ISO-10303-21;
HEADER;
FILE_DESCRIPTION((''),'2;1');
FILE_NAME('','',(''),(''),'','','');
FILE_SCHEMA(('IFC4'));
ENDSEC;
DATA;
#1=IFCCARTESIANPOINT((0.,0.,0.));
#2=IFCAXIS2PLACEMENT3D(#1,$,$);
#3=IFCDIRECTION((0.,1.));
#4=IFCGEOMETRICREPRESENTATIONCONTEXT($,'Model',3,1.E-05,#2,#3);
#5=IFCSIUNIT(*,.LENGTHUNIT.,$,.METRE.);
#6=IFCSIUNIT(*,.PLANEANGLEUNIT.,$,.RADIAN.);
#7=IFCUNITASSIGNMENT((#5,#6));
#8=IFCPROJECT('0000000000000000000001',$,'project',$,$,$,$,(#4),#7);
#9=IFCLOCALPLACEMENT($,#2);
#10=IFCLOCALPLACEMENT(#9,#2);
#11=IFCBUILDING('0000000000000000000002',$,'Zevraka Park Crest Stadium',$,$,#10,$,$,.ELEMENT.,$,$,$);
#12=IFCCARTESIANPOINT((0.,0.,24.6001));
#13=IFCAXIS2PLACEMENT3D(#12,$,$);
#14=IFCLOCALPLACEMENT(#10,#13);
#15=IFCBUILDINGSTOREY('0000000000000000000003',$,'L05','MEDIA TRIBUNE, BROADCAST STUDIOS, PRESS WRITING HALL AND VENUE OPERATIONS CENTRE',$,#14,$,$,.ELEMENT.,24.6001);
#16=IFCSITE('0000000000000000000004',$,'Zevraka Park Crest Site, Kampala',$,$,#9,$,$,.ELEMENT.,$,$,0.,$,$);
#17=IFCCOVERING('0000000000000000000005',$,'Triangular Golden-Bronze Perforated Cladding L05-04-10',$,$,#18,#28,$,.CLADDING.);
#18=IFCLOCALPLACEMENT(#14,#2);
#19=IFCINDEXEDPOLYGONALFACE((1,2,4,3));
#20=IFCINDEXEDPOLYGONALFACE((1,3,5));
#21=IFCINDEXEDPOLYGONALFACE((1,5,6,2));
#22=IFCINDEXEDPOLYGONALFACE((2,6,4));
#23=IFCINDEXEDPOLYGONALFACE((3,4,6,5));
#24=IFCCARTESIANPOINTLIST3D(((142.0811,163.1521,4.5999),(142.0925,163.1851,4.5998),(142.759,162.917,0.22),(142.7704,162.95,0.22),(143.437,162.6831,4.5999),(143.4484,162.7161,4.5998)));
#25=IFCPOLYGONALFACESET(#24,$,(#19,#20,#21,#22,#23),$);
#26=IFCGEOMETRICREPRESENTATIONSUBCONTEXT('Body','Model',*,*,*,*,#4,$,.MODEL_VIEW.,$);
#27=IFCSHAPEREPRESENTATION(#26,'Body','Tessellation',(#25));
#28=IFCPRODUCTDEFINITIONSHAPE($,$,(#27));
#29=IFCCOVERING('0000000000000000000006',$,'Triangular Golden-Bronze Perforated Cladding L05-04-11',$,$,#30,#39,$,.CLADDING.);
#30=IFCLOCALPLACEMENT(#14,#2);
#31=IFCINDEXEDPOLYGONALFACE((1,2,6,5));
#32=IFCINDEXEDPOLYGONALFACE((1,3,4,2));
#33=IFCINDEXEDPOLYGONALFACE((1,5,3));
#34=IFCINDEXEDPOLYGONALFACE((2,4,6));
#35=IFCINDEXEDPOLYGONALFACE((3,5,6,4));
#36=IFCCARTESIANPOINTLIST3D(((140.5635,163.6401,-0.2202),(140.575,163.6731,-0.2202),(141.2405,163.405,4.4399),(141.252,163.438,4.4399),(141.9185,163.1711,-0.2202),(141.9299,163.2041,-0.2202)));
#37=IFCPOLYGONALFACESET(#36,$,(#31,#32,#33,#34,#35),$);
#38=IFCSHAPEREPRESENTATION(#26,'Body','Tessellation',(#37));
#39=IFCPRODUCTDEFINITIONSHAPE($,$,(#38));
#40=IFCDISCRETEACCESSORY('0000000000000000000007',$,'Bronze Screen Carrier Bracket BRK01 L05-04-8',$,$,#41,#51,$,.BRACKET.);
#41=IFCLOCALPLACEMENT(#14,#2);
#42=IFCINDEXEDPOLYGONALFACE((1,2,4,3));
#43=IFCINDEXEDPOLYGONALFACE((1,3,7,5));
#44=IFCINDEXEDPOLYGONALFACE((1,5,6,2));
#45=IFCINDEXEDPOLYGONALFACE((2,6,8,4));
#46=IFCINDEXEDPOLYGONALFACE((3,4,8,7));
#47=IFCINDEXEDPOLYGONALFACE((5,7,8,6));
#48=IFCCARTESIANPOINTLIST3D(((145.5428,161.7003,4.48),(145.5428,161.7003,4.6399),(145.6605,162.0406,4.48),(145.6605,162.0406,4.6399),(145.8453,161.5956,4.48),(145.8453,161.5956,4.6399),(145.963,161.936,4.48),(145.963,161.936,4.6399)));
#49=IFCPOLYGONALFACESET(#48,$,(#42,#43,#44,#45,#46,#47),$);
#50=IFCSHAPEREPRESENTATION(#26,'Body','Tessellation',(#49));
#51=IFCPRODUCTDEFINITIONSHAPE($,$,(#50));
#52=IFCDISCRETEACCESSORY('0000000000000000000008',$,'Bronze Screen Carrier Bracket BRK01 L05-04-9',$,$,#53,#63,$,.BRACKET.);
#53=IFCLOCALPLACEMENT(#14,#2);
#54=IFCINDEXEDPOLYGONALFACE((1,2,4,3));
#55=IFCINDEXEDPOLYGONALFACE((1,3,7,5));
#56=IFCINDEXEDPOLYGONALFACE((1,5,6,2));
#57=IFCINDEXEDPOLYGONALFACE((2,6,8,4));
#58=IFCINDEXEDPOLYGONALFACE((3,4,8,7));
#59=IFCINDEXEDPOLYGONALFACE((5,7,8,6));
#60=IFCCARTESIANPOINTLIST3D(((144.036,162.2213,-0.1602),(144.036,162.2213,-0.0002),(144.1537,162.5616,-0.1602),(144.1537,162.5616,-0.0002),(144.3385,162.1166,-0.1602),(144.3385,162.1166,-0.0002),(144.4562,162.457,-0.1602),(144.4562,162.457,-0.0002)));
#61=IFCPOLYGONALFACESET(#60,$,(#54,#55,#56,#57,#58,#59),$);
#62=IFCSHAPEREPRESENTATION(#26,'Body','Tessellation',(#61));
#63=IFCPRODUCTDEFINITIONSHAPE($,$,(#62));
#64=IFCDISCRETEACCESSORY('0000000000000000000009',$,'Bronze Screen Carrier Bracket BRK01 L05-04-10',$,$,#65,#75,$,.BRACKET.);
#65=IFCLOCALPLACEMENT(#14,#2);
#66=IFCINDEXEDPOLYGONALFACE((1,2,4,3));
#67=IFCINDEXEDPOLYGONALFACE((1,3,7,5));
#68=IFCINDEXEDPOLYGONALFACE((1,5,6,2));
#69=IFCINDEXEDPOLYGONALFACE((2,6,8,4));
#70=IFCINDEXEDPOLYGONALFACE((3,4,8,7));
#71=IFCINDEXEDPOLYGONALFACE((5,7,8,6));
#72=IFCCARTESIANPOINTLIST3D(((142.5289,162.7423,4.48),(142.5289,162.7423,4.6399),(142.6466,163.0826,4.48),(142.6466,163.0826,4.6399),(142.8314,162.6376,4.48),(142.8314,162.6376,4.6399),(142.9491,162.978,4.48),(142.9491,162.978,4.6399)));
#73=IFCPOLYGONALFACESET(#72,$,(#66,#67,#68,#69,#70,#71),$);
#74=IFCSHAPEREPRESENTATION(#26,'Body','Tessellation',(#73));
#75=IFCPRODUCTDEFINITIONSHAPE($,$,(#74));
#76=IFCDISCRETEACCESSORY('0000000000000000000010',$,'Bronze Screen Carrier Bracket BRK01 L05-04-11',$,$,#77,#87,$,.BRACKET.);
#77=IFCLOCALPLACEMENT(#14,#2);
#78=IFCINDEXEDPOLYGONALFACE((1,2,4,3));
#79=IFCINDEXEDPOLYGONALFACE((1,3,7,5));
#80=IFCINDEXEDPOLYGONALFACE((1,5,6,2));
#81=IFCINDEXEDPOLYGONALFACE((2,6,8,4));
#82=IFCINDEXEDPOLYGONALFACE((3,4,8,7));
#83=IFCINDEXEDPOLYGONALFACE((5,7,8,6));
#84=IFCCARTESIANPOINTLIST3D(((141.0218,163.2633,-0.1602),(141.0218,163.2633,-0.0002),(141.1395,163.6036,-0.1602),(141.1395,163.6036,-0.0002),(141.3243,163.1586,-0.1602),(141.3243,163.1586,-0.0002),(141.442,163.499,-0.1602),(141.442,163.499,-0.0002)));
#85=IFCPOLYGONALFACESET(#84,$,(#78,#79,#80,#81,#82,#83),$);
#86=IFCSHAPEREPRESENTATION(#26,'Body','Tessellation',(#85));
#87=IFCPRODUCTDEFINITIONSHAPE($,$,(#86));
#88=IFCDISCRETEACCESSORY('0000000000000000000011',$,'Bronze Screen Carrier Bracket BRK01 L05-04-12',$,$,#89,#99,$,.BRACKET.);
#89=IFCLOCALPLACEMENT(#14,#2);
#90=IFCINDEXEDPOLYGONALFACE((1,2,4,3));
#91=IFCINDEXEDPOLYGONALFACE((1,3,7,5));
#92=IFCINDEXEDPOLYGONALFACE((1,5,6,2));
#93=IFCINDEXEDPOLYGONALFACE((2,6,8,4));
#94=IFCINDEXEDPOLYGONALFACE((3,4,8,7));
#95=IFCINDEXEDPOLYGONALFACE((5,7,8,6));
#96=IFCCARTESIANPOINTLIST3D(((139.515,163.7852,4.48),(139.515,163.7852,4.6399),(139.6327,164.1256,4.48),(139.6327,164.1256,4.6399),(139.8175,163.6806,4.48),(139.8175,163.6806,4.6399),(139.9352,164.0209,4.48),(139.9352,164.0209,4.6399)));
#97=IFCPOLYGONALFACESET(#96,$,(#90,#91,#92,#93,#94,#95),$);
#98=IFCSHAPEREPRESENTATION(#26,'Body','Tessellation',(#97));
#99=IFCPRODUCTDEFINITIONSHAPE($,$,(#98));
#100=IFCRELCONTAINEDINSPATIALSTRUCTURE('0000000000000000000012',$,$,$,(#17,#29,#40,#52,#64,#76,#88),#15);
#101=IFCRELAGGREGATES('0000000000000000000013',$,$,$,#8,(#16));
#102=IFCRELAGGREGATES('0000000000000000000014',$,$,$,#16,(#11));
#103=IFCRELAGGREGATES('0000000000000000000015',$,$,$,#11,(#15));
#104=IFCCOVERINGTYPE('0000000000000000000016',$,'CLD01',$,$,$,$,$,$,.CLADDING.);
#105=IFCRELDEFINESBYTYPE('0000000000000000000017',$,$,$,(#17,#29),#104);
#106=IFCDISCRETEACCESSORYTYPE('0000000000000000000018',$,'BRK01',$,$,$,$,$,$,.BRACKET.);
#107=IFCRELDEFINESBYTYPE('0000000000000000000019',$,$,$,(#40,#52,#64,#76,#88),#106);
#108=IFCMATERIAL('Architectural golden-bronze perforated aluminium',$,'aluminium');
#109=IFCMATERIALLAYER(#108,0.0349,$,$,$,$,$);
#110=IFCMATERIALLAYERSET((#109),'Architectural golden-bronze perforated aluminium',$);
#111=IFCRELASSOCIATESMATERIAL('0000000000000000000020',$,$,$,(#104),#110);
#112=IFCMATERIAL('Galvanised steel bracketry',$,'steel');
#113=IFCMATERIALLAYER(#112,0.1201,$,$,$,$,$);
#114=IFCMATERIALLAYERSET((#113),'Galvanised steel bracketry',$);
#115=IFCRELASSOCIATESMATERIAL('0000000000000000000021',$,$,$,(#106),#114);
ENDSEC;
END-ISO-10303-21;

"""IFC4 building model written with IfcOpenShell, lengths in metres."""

from ifc_helpers import new_model, si_unit, direction, frame, origin, origin_2d, place, context, subcontext, project, spatial, polyline, rectangle, outline, extrude, material, layer, layer_set, type_object, element, save


model = new_model("IFC4")

# Units and contexts
model_context = context("Model", 3, precision=1e-05, world=origin(), true_north=direction((0.0, 1.0)))
body_context = subcontext(model_context, "Body", "Model", "MODEL_VIEW")
ifc_project = project(units=[si_unit("LENGTHUNIT", "METRE"), si_unit("PLANEANGLEUNIT", "RADIAN")], contexts=[model_context])

# Site, building, storey
site_placement = place(None, origin())
site = spatial("IfcSite", under=ifc_project, at=site_placement, Name="Zevraka Park Crest Site, Kampala", CompositionType="ELEMENT", RefElevation=0.0)
building_placement = place(site_placement, origin())
building = spatial("IfcBuilding", under=site, at=building_placement, Name="Zevraka Park Crest Stadium", CompositionType="ELEMENT")
storey_placement = place(building_placement, frame((0.0, 0.0, 24.6001)))
storey = spatial("IfcBuildingStorey", under=building, at=storey_placement, Name="L05", Description="MEDIA TRIBUNE, BROADCAST STUDIOS, PRESS WRITING HALL AND VENUE OPERATIONS CENTRE", CompositionType="ELEMENT", Elevation=24.6001)

# Coverings
ifc_material_1 = material(Name="Architectural golden-bronze perforated aluminium", Category="aluminium")
ifc_layer_1 = layer(ifc_material_1, 0.0349)
ifc_layer_set_1 = layer_set([ifc_layer_1], Name="Architectural golden-bronze perforated aluminium")
covering_type = type_object("IfcCoveringType", Name="CLD01", PredefinedType="CLADDING", material=ifc_layer_set_1)
covering_1_placement = place(storey_placement, frame((142.0811, 163.1521, 4.5999), z_axis=(-0.326877, -0.945067, 0.000132), x_axis=(0.945067, -0.326877, 0.0)))
element("IfcCovering", 1, at=covering_1_placement, inside=storey, type_object=covering_type, Name="Triangular Golden-Bronze Perforated Cladding L05-04-10", PredefinedType="CLADDING", context=body_context, shape_type="SweptSolid", body=[
    extrude(outline(polyline([(0.0, 0.0), (1.4348, 0.0), (0.7176, -4.3799), (0.0, 0.0)])), origin(), (0.0, 0.0, -1.0), 0.0349),
])
covering_2_placement = place(storey_placement, frame((141.9299, 163.2041, -0.2202), z_axis=(0.327087, 0.944994, 0.000158), x_axis=(-0.944994, 0.327087, 0.0)))
element("IfcCovering", 2, at=covering_2_placement, inside=storey, type_object=covering_type, Name="Triangular Golden-Bronze Perforated Cladding L05-04-11", PredefinedType="CLADDING", context=body_context, shape_type="SweptSolid", body=[
    extrude(outline(polyline([(0.0, 0.0), (1.4339, 0.0), (0.7172, 4.6602), (0.0, 0.0)])), origin(), (0.0, 0.0, -1.0), 0.0349),
])

# Discrete accessories
ifc_material_2 = material(Name="Galvanised steel bracketry", Category="steel")
ifc_layer_2 = layer(ifc_material_2, 0.1201)
ifc_layer_set_2 = layer_set([ifc_layer_2], Name="Galvanised steel bracketry")
discrete_accessory_type = type_object("IfcDiscreteAccessoryType", Name="BRK01", PredefinedType="BRACKET", material=ifc_layer_set_2)
for number, where, z_axis, x_axis, name in (
    (3, (145.7529, 161.8181, 4.48), (0.0, 0.0, 1.0), (-0.945063, 0.326888, 0.0), "Bronze Screen Carrier Bracket BRK01 L05-04-8"),
    (4, (144.2461, 162.3391, -0.1602), (0.0, 0.0, 1.0), (-0.945063, 0.326888, 0.0), "Bronze Screen Carrier Bracket BRK01 L05-04-9"),
    (5, (142.739, 162.8601, 4.48), (0.0, 0.0, 1.0), (-0.945063, 0.326888, 0.0), "Bronze Screen Carrier Bracket BRK01 L05-04-10"),
    (6, (141.2319, 163.3811, -0.1602), (0.0, 0.0, 1.0), (-0.945063, 0.326888, 0.0), "Bronze Screen Carrier Bracket BRK01 L05-04-11"),
    (7, (139.7251, 163.9031, 4.48), (0.0, 0.0, 1.0), (-0.945063, 0.326888, 0.0), "Bronze Screen Carrier Bracket BRK01 L05-04-12"),
):
    element("IfcDiscreteAccessory", number, at=place(storey_placement, frame(where, z_axis=z_axis, x_axis=x_axis)), inside=storey, type_object=discrete_accessory_type, Name=name, PredefinedType="BRACKET", context=body_context, shape_type="SweptSolid", body=[
        extrude(rectangle(XDim=0.3201, YDim=0.3601, at=origin_2d()), origin(), (0.0, 0.0, 1.0), 0.1599),
    ])

save(model, "model.ifc")
